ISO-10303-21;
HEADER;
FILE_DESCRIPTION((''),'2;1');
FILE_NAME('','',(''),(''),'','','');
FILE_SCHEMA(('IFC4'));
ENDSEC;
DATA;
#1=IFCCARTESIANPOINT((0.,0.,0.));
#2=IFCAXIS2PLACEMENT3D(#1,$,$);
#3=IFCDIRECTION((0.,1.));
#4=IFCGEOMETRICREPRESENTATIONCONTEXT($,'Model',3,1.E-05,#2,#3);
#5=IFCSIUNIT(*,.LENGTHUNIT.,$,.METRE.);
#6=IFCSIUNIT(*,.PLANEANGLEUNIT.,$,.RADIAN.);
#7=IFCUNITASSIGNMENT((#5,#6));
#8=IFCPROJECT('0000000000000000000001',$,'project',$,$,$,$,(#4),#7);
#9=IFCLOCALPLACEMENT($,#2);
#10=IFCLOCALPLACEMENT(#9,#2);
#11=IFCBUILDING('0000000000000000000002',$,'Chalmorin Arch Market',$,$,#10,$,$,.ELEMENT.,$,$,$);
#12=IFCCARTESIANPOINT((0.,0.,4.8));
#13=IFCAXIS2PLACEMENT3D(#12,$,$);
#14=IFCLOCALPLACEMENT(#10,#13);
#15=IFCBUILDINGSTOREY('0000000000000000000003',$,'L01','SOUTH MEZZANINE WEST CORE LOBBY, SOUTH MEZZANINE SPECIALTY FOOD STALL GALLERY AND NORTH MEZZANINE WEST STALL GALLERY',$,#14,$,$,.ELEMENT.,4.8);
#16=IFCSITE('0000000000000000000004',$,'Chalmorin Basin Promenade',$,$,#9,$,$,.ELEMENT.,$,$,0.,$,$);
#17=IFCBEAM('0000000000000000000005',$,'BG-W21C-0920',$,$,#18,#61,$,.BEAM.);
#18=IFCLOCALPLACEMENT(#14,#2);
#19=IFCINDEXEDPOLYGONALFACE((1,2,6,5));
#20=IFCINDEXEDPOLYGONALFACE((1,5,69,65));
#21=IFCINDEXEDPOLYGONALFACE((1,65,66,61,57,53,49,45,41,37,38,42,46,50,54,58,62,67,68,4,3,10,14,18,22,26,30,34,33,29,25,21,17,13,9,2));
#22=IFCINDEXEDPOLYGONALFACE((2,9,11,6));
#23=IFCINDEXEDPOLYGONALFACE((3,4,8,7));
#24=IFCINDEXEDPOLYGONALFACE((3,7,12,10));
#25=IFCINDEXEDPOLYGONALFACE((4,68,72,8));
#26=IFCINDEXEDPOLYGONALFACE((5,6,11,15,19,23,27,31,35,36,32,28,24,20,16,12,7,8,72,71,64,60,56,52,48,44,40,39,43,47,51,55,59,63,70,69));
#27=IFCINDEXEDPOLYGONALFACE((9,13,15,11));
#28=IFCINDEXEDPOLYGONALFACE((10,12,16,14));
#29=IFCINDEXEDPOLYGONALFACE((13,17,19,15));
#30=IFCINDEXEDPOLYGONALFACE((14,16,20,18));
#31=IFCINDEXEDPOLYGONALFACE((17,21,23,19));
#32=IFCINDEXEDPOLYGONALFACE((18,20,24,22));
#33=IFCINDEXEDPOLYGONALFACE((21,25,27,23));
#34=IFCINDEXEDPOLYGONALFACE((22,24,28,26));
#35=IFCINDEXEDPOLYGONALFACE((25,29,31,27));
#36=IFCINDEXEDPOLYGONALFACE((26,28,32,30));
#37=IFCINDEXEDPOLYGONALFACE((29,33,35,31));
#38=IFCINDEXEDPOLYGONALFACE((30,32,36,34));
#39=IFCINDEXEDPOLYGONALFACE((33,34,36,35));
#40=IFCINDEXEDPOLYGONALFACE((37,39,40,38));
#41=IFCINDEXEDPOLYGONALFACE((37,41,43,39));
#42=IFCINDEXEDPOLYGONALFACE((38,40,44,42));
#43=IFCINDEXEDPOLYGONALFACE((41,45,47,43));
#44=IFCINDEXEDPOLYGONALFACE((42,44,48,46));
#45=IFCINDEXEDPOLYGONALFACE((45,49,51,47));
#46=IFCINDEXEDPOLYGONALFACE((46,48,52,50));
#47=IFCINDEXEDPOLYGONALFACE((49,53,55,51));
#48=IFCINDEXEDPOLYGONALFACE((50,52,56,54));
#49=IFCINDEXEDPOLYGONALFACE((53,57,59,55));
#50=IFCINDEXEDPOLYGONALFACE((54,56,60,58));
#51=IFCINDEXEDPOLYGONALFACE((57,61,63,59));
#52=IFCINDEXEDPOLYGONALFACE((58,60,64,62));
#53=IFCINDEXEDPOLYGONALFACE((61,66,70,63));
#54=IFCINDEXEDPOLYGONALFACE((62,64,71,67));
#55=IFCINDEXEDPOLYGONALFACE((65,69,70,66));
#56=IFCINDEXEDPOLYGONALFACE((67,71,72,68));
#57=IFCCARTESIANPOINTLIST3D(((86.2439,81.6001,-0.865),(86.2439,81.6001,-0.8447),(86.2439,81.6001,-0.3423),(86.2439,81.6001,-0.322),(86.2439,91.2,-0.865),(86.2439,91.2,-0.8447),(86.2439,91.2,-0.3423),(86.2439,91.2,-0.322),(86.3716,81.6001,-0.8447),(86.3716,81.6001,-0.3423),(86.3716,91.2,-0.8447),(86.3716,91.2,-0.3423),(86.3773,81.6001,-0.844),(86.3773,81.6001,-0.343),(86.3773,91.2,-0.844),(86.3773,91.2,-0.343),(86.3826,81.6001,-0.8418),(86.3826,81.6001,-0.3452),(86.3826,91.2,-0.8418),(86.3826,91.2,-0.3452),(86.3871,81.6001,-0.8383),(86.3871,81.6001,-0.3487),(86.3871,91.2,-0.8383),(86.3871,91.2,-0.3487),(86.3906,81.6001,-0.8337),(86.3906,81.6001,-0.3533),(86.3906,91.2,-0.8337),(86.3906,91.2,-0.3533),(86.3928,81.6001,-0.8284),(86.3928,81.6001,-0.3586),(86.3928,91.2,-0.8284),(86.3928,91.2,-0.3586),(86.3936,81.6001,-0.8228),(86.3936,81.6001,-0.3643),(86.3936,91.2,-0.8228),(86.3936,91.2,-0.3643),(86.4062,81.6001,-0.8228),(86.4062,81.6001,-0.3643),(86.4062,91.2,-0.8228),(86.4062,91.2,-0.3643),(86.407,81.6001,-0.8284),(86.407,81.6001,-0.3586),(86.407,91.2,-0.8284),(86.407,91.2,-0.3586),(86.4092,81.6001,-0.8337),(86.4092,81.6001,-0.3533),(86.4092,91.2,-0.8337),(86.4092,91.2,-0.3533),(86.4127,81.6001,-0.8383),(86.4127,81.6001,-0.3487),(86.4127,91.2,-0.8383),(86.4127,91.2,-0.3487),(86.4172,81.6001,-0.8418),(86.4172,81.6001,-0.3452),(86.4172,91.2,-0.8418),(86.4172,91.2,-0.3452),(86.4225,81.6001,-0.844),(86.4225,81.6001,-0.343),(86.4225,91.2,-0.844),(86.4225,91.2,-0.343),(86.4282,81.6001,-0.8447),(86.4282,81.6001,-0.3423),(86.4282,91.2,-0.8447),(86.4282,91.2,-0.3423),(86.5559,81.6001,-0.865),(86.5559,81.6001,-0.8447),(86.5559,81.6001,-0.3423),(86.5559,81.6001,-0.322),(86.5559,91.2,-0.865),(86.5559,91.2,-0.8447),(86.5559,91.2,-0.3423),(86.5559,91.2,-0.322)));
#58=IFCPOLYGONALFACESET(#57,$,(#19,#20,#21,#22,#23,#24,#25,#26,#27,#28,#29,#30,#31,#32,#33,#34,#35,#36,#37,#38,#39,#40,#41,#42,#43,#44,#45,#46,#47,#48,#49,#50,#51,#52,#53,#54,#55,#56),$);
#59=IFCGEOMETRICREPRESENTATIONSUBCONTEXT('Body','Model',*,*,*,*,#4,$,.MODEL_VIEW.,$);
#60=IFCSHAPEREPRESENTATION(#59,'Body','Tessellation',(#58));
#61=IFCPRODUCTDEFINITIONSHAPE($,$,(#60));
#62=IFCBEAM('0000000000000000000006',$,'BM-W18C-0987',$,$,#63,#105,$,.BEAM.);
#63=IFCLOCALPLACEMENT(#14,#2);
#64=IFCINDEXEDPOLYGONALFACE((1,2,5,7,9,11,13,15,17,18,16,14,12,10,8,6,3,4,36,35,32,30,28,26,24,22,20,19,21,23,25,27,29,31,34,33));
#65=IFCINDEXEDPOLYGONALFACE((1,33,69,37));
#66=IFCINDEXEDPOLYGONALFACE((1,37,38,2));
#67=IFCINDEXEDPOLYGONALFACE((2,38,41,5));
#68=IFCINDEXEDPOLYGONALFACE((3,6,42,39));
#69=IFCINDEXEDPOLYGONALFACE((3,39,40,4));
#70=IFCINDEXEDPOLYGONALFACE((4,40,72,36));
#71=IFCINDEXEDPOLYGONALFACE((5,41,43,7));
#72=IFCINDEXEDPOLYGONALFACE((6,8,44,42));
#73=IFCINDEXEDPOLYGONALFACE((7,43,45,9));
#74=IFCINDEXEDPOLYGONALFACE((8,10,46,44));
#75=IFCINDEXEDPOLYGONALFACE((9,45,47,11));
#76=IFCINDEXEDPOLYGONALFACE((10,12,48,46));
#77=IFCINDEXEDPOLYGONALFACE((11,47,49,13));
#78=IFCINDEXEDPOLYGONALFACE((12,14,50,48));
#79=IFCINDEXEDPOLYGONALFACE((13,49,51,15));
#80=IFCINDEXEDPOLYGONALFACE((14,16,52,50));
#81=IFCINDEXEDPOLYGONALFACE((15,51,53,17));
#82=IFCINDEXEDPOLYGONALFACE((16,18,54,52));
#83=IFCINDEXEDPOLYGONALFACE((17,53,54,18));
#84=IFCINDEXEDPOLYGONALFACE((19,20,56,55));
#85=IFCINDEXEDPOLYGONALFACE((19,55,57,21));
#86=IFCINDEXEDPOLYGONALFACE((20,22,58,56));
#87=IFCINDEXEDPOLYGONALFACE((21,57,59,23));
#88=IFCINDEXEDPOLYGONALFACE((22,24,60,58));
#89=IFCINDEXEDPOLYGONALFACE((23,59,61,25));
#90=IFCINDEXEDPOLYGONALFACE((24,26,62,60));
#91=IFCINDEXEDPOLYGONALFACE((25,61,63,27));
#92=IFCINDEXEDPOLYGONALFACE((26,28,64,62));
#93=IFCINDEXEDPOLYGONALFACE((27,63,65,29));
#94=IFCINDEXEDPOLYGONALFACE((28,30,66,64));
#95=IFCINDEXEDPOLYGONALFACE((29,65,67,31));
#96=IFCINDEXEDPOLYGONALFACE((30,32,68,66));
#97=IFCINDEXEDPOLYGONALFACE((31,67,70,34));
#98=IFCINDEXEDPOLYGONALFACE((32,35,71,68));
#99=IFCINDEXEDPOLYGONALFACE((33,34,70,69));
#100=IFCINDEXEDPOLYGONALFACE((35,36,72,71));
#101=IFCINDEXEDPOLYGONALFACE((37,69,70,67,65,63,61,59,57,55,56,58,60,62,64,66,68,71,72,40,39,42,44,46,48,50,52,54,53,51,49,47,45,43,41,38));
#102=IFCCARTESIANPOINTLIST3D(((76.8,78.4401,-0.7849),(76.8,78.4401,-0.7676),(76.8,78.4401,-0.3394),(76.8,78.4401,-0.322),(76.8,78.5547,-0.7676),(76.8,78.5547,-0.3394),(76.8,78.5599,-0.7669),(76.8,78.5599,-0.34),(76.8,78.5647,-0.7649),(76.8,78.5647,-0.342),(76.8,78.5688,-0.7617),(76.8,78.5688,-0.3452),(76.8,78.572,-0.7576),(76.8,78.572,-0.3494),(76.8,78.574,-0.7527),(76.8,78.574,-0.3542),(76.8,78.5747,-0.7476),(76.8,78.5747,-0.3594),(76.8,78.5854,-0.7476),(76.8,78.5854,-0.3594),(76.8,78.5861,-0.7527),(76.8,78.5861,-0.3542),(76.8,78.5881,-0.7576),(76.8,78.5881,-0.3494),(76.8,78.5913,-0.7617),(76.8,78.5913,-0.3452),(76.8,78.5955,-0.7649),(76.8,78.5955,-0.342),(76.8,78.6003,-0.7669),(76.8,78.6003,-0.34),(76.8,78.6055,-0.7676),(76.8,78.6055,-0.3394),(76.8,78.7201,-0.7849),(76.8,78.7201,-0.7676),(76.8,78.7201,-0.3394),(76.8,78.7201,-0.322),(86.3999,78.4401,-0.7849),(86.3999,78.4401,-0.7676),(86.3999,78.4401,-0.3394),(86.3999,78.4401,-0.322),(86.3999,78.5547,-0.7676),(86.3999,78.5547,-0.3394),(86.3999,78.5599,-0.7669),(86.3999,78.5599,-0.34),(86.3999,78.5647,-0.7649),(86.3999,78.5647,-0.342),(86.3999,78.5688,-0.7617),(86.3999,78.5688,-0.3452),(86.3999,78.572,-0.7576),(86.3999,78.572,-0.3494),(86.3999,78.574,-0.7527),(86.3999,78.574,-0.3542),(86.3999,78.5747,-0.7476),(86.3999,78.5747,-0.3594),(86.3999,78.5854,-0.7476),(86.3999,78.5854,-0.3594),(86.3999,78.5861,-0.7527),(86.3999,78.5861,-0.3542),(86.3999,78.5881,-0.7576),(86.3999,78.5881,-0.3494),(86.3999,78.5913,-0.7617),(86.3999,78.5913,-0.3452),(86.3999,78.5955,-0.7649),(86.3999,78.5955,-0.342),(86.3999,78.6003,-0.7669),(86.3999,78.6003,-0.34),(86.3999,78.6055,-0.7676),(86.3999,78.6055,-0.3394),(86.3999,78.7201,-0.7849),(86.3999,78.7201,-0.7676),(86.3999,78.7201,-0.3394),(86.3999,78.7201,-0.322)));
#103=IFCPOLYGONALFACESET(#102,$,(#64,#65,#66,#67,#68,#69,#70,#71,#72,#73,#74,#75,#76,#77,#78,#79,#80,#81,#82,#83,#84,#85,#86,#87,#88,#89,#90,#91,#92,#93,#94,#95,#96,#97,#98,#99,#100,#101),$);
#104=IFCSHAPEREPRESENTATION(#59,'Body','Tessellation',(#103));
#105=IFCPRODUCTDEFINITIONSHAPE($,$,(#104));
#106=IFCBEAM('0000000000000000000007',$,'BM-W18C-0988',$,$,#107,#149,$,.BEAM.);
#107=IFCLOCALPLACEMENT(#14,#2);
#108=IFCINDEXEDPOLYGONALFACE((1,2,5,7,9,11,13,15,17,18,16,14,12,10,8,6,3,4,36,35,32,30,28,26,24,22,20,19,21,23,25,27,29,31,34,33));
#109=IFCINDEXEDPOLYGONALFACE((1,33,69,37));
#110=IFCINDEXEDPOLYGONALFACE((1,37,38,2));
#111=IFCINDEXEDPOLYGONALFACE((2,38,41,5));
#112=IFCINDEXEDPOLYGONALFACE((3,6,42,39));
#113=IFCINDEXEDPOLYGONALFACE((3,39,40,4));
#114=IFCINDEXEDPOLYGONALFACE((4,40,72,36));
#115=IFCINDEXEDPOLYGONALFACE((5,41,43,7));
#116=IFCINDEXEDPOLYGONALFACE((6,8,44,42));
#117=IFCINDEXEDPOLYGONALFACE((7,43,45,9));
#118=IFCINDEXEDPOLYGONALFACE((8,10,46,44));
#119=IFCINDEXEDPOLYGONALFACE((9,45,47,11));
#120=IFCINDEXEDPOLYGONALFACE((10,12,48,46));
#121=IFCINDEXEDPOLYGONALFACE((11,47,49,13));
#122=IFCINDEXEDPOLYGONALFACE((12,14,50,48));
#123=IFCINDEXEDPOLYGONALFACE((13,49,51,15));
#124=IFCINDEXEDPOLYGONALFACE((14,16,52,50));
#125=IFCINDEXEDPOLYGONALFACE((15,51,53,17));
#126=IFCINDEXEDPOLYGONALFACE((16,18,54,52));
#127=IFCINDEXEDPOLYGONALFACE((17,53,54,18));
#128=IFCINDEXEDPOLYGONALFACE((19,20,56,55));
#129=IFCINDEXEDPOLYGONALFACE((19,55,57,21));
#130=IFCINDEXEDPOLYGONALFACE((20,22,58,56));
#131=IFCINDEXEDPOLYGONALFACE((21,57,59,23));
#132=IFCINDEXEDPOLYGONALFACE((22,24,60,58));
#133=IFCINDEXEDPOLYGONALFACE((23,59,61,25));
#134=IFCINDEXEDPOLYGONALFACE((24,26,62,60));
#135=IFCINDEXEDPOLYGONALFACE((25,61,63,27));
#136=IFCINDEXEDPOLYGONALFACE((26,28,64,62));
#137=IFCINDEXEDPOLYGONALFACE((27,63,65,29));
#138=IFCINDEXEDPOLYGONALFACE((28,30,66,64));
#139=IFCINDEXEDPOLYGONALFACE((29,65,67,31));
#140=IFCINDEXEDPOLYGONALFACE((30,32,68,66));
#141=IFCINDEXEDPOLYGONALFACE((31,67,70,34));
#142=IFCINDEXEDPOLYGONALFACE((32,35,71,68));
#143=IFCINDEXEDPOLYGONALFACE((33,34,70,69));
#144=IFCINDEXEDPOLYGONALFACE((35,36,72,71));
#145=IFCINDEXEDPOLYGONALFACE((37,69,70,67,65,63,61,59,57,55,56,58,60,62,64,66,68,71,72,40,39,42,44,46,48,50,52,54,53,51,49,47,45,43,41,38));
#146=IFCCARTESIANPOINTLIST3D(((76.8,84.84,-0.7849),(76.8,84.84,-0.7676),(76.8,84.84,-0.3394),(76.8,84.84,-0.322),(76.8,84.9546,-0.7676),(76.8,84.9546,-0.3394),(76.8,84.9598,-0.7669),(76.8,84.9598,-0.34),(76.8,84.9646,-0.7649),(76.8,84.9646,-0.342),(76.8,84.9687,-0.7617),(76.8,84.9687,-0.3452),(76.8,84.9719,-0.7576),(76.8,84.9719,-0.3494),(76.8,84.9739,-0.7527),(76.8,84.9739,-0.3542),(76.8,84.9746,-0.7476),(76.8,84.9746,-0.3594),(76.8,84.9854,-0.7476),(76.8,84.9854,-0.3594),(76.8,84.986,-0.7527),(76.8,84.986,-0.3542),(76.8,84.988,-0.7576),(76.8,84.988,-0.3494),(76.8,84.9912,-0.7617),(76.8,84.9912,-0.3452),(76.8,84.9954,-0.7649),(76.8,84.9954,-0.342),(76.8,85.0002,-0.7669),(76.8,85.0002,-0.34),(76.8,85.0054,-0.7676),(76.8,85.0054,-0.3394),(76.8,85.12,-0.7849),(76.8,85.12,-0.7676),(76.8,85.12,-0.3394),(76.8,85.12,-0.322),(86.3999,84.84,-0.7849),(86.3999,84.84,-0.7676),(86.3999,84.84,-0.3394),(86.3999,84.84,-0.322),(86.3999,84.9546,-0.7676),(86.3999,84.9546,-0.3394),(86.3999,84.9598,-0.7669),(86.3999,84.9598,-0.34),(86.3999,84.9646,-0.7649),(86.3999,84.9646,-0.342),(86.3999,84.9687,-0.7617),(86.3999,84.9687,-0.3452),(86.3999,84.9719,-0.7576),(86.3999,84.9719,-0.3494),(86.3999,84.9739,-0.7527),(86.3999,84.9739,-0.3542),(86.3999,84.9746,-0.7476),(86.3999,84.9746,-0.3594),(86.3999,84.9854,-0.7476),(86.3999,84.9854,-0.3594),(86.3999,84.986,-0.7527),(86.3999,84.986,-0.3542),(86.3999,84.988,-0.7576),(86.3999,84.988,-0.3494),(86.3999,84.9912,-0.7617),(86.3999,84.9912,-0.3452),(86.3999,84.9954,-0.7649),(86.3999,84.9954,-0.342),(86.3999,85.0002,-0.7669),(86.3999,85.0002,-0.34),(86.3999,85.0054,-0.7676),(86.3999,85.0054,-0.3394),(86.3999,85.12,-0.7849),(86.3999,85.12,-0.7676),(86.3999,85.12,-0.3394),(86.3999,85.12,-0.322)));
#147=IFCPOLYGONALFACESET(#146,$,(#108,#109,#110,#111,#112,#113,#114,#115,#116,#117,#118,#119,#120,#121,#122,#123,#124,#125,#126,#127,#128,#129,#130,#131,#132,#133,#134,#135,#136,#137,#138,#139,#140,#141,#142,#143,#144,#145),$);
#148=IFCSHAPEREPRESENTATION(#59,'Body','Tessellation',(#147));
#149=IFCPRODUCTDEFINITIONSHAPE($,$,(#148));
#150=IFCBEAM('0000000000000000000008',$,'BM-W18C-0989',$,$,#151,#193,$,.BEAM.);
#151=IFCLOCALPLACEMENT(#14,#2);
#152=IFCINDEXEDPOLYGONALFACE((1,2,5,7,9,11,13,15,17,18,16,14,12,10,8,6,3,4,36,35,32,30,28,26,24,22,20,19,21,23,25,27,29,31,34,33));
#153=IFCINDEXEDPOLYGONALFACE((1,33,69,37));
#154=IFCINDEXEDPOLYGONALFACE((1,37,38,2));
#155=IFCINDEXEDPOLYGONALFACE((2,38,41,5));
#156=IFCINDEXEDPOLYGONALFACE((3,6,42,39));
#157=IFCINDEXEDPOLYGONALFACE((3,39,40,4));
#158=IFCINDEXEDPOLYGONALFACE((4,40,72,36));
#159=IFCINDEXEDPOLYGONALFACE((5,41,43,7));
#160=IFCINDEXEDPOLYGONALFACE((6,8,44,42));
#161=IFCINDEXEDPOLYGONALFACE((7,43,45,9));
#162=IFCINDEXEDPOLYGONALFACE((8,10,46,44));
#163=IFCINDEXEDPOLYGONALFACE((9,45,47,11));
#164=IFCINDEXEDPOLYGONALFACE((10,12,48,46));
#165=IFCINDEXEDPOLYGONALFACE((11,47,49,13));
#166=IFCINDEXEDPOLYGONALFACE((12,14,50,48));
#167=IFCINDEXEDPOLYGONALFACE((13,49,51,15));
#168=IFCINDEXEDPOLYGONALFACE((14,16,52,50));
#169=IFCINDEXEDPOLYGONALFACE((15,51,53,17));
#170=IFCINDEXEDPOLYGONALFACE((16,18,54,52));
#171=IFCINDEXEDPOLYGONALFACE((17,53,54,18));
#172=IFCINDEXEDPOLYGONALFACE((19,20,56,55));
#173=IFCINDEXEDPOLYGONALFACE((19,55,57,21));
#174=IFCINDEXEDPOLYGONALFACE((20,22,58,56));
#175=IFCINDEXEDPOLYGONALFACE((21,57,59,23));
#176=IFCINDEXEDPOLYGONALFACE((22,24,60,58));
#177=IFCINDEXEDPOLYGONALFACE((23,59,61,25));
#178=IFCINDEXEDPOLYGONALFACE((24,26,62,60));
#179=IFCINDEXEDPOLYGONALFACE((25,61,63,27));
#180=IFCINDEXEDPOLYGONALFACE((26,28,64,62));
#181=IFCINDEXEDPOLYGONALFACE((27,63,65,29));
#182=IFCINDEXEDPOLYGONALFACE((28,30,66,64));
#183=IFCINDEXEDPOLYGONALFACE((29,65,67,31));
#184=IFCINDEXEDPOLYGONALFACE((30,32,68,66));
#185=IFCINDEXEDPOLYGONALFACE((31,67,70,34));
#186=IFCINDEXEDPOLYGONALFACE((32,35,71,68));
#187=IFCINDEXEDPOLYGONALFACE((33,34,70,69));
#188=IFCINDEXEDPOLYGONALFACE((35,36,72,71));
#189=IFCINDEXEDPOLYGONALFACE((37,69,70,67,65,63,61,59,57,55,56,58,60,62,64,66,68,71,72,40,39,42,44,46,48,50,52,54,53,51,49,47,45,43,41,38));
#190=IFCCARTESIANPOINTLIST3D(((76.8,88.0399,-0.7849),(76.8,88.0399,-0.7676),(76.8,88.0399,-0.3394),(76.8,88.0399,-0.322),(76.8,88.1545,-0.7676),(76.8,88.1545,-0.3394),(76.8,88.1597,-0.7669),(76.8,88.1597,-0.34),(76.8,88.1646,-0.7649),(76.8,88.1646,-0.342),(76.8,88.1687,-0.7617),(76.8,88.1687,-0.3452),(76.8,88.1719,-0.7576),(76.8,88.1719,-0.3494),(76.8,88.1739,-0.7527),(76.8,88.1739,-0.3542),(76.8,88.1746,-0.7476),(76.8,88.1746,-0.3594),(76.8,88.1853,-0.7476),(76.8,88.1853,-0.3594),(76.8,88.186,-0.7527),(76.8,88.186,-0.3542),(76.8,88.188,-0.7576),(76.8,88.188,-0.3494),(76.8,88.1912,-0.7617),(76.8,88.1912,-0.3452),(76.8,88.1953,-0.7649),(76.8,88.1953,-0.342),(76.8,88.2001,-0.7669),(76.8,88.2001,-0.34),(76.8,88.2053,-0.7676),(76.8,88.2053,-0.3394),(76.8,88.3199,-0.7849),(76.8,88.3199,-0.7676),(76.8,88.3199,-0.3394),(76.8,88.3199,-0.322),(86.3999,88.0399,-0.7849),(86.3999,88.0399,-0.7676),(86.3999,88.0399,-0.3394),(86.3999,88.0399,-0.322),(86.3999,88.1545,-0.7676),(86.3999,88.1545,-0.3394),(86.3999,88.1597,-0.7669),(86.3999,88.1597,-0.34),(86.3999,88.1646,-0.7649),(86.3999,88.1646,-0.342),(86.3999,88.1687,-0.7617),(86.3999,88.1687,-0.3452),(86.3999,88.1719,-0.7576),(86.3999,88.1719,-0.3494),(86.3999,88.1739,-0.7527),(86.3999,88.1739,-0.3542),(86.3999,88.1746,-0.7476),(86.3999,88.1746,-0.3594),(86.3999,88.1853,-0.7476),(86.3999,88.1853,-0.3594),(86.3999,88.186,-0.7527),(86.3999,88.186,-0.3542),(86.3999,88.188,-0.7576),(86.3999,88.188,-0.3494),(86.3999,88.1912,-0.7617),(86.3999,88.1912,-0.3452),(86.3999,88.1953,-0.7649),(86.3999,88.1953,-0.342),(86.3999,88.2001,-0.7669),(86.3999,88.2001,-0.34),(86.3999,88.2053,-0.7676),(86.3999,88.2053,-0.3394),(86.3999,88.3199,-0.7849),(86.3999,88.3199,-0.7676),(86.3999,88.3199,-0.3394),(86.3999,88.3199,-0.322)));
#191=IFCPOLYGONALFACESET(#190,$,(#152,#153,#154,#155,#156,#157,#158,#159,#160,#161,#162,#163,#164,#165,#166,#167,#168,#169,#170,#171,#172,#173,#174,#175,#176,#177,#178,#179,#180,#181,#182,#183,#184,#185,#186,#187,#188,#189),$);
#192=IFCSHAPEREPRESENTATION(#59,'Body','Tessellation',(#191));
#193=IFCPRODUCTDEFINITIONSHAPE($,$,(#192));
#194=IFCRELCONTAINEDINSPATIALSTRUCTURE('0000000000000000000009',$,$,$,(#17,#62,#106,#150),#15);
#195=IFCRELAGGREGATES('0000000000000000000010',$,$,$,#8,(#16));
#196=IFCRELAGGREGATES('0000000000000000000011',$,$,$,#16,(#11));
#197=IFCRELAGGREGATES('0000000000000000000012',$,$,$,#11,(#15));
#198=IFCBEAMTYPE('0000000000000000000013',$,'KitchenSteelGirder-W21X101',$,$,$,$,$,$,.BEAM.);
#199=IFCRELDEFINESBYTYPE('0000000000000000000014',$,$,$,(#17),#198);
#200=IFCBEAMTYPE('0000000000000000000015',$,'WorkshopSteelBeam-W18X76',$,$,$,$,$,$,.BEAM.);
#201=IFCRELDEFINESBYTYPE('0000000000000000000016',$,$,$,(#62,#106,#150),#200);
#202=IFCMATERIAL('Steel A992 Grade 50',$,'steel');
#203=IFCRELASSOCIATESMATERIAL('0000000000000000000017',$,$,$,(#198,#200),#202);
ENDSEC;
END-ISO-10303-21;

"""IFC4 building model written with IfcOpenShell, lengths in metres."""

from ifc_helpers import new_model, si_unit, direction, frame, origin, origin_2d, place, context, subcontext, project, spatial, i_section, extrude, material, material_profile, profile_set, type_object, element, save


model = new_model("IFC4")

# Units and contexts
model_context = context("Model", 3, precision=1e-05, world=origin(), true_north=direction((0.0, 1.0)))
body_context = subcontext(model_context, "Body", "Model", "MODEL_VIEW")
ifc_project = project(units=[si_unit("LENGTHUNIT", "METRE"), si_unit("PLANEANGLEUNIT", "RADIAN")], contexts=[model_context])

# Site, building, storey
site_placement = place(None, origin())
site = spatial("IfcSite", under=ifc_project, at=site_placement, Name="Chalmorin Basin Promenade", CompositionType="ELEMENT", RefElevation=0.0)
building_placement = place(site_placement, origin())
building = spatial("IfcBuilding", under=site, at=building_placement, Name="Chalmorin Arch Market", CompositionType="ELEMENT")
storey_placement = place(building_placement, frame((0.0, 0.0, 4.8)))
storey = spatial("IfcBuildingStorey", under=building, at=storey_placement, Name="L01", Description="SOUTH MEZZANINE WEST CORE LOBBY, SOUTH MEZZANINE SPECIALTY FOOD STALL GALLERY AND NORTH MEZZANINE WEST STALL GALLERY", CompositionType="ELEMENT", Elevation=4.8)

# Beams
ifc_material_1 = material(Name="Steel A992 Grade 50", Category="steel")
ifc_material_profile_1 = material_profile(ifc_material_1, i_section(OverallWidth=0.312, OverallDepth=0.543, WebThickness=0.0127, FlangeThickness=0.0203, FilletRadius=0.022, at=origin_2d()), Name="W21X101")
ifc_profile_set_1 = profile_set([ifc_material_profile_1], Name="Steel A992 Grade 50")
beam_type_1 = type_object("IfcBeamType", Name="KitchenSteelGirder-W21X101", PredefinedType="BEAM", material=ifc_profile_set_1)
for number, where, z_axis, x_axis, name in (
    (1, (86.3999, 81.6001, -0.5935), (0.0, 1.0, 0.0), (-1.0, 0.0, 0.0), "BG-W21C-0920"),
):
    element("IfcBeam", number, at=place(storey_placement, frame(where, z_axis=z_axis, x_axis=x_axis)), inside=storey, type_object=beam_type_1, Name=name, PredefinedType="BEAM", context=body_context, shape_type="SweptSolid", body=[
        extrude(i_section(OverallWidth=0.312, OverallDepth=0.543, WebThickness=0.0127, FlangeThickness=0.0203, FilletRadius=0.022, at=origin_2d()), origin(), (0.0, 0.0, 1.0), 9.5999),
    ])
ifc_material_profile_2 = material_profile(ifc_material_1, i_section(OverallWidth=0.28, OverallDepth=0.4629, WebThickness=0.0107, FlangeThickness=0.0173, FilletRadius=0.02, at=origin_2d()), Name="W18X76")
ifc_profile_set_2 = profile_set([ifc_material_profile_2], Name="Steel A992 Grade 50")
beam_type_2 = type_object("IfcBeamType", Name="WorkshopSteelBeam-W18X76", PredefinedType="BEAM", material=ifc_profile_set_2)
for number, where, z_axis, x_axis, name in (
    (2, (76.8, 78.5801, -0.5535), (1.0, 0.0, 0.0), (0.0, 1.0, 0.0), "BM-W18C-0987"),
    (3, (76.8, 84.98, -0.5535), (1.0, 0.0, 0.0), (0.0, 1.0, 0.0), "BM-W18C-0988"),
    (4, (76.8, 88.1799, -0.5535), (1.0, 0.0, 0.0), (0.0, 1.0, 0.0), "BM-W18C-0989"),
):
    element("IfcBeam", number, at=place(storey_placement, frame(where, z_axis=z_axis, x_axis=x_axis)), inside=storey, type_object=beam_type_2, Name=name, PredefinedType="BEAM", context=body_context, shape_type="SweptSolid", body=[
        extrude(i_section(OverallWidth=0.28, OverallDepth=0.4629, WebThickness=0.0107, FlangeThickness=0.0173, FilletRadius=0.02, at=origin_2d()), origin(), (0.0, 0.0, 1.0), 9.5999),
    ])

save(model, "model.ifc")
